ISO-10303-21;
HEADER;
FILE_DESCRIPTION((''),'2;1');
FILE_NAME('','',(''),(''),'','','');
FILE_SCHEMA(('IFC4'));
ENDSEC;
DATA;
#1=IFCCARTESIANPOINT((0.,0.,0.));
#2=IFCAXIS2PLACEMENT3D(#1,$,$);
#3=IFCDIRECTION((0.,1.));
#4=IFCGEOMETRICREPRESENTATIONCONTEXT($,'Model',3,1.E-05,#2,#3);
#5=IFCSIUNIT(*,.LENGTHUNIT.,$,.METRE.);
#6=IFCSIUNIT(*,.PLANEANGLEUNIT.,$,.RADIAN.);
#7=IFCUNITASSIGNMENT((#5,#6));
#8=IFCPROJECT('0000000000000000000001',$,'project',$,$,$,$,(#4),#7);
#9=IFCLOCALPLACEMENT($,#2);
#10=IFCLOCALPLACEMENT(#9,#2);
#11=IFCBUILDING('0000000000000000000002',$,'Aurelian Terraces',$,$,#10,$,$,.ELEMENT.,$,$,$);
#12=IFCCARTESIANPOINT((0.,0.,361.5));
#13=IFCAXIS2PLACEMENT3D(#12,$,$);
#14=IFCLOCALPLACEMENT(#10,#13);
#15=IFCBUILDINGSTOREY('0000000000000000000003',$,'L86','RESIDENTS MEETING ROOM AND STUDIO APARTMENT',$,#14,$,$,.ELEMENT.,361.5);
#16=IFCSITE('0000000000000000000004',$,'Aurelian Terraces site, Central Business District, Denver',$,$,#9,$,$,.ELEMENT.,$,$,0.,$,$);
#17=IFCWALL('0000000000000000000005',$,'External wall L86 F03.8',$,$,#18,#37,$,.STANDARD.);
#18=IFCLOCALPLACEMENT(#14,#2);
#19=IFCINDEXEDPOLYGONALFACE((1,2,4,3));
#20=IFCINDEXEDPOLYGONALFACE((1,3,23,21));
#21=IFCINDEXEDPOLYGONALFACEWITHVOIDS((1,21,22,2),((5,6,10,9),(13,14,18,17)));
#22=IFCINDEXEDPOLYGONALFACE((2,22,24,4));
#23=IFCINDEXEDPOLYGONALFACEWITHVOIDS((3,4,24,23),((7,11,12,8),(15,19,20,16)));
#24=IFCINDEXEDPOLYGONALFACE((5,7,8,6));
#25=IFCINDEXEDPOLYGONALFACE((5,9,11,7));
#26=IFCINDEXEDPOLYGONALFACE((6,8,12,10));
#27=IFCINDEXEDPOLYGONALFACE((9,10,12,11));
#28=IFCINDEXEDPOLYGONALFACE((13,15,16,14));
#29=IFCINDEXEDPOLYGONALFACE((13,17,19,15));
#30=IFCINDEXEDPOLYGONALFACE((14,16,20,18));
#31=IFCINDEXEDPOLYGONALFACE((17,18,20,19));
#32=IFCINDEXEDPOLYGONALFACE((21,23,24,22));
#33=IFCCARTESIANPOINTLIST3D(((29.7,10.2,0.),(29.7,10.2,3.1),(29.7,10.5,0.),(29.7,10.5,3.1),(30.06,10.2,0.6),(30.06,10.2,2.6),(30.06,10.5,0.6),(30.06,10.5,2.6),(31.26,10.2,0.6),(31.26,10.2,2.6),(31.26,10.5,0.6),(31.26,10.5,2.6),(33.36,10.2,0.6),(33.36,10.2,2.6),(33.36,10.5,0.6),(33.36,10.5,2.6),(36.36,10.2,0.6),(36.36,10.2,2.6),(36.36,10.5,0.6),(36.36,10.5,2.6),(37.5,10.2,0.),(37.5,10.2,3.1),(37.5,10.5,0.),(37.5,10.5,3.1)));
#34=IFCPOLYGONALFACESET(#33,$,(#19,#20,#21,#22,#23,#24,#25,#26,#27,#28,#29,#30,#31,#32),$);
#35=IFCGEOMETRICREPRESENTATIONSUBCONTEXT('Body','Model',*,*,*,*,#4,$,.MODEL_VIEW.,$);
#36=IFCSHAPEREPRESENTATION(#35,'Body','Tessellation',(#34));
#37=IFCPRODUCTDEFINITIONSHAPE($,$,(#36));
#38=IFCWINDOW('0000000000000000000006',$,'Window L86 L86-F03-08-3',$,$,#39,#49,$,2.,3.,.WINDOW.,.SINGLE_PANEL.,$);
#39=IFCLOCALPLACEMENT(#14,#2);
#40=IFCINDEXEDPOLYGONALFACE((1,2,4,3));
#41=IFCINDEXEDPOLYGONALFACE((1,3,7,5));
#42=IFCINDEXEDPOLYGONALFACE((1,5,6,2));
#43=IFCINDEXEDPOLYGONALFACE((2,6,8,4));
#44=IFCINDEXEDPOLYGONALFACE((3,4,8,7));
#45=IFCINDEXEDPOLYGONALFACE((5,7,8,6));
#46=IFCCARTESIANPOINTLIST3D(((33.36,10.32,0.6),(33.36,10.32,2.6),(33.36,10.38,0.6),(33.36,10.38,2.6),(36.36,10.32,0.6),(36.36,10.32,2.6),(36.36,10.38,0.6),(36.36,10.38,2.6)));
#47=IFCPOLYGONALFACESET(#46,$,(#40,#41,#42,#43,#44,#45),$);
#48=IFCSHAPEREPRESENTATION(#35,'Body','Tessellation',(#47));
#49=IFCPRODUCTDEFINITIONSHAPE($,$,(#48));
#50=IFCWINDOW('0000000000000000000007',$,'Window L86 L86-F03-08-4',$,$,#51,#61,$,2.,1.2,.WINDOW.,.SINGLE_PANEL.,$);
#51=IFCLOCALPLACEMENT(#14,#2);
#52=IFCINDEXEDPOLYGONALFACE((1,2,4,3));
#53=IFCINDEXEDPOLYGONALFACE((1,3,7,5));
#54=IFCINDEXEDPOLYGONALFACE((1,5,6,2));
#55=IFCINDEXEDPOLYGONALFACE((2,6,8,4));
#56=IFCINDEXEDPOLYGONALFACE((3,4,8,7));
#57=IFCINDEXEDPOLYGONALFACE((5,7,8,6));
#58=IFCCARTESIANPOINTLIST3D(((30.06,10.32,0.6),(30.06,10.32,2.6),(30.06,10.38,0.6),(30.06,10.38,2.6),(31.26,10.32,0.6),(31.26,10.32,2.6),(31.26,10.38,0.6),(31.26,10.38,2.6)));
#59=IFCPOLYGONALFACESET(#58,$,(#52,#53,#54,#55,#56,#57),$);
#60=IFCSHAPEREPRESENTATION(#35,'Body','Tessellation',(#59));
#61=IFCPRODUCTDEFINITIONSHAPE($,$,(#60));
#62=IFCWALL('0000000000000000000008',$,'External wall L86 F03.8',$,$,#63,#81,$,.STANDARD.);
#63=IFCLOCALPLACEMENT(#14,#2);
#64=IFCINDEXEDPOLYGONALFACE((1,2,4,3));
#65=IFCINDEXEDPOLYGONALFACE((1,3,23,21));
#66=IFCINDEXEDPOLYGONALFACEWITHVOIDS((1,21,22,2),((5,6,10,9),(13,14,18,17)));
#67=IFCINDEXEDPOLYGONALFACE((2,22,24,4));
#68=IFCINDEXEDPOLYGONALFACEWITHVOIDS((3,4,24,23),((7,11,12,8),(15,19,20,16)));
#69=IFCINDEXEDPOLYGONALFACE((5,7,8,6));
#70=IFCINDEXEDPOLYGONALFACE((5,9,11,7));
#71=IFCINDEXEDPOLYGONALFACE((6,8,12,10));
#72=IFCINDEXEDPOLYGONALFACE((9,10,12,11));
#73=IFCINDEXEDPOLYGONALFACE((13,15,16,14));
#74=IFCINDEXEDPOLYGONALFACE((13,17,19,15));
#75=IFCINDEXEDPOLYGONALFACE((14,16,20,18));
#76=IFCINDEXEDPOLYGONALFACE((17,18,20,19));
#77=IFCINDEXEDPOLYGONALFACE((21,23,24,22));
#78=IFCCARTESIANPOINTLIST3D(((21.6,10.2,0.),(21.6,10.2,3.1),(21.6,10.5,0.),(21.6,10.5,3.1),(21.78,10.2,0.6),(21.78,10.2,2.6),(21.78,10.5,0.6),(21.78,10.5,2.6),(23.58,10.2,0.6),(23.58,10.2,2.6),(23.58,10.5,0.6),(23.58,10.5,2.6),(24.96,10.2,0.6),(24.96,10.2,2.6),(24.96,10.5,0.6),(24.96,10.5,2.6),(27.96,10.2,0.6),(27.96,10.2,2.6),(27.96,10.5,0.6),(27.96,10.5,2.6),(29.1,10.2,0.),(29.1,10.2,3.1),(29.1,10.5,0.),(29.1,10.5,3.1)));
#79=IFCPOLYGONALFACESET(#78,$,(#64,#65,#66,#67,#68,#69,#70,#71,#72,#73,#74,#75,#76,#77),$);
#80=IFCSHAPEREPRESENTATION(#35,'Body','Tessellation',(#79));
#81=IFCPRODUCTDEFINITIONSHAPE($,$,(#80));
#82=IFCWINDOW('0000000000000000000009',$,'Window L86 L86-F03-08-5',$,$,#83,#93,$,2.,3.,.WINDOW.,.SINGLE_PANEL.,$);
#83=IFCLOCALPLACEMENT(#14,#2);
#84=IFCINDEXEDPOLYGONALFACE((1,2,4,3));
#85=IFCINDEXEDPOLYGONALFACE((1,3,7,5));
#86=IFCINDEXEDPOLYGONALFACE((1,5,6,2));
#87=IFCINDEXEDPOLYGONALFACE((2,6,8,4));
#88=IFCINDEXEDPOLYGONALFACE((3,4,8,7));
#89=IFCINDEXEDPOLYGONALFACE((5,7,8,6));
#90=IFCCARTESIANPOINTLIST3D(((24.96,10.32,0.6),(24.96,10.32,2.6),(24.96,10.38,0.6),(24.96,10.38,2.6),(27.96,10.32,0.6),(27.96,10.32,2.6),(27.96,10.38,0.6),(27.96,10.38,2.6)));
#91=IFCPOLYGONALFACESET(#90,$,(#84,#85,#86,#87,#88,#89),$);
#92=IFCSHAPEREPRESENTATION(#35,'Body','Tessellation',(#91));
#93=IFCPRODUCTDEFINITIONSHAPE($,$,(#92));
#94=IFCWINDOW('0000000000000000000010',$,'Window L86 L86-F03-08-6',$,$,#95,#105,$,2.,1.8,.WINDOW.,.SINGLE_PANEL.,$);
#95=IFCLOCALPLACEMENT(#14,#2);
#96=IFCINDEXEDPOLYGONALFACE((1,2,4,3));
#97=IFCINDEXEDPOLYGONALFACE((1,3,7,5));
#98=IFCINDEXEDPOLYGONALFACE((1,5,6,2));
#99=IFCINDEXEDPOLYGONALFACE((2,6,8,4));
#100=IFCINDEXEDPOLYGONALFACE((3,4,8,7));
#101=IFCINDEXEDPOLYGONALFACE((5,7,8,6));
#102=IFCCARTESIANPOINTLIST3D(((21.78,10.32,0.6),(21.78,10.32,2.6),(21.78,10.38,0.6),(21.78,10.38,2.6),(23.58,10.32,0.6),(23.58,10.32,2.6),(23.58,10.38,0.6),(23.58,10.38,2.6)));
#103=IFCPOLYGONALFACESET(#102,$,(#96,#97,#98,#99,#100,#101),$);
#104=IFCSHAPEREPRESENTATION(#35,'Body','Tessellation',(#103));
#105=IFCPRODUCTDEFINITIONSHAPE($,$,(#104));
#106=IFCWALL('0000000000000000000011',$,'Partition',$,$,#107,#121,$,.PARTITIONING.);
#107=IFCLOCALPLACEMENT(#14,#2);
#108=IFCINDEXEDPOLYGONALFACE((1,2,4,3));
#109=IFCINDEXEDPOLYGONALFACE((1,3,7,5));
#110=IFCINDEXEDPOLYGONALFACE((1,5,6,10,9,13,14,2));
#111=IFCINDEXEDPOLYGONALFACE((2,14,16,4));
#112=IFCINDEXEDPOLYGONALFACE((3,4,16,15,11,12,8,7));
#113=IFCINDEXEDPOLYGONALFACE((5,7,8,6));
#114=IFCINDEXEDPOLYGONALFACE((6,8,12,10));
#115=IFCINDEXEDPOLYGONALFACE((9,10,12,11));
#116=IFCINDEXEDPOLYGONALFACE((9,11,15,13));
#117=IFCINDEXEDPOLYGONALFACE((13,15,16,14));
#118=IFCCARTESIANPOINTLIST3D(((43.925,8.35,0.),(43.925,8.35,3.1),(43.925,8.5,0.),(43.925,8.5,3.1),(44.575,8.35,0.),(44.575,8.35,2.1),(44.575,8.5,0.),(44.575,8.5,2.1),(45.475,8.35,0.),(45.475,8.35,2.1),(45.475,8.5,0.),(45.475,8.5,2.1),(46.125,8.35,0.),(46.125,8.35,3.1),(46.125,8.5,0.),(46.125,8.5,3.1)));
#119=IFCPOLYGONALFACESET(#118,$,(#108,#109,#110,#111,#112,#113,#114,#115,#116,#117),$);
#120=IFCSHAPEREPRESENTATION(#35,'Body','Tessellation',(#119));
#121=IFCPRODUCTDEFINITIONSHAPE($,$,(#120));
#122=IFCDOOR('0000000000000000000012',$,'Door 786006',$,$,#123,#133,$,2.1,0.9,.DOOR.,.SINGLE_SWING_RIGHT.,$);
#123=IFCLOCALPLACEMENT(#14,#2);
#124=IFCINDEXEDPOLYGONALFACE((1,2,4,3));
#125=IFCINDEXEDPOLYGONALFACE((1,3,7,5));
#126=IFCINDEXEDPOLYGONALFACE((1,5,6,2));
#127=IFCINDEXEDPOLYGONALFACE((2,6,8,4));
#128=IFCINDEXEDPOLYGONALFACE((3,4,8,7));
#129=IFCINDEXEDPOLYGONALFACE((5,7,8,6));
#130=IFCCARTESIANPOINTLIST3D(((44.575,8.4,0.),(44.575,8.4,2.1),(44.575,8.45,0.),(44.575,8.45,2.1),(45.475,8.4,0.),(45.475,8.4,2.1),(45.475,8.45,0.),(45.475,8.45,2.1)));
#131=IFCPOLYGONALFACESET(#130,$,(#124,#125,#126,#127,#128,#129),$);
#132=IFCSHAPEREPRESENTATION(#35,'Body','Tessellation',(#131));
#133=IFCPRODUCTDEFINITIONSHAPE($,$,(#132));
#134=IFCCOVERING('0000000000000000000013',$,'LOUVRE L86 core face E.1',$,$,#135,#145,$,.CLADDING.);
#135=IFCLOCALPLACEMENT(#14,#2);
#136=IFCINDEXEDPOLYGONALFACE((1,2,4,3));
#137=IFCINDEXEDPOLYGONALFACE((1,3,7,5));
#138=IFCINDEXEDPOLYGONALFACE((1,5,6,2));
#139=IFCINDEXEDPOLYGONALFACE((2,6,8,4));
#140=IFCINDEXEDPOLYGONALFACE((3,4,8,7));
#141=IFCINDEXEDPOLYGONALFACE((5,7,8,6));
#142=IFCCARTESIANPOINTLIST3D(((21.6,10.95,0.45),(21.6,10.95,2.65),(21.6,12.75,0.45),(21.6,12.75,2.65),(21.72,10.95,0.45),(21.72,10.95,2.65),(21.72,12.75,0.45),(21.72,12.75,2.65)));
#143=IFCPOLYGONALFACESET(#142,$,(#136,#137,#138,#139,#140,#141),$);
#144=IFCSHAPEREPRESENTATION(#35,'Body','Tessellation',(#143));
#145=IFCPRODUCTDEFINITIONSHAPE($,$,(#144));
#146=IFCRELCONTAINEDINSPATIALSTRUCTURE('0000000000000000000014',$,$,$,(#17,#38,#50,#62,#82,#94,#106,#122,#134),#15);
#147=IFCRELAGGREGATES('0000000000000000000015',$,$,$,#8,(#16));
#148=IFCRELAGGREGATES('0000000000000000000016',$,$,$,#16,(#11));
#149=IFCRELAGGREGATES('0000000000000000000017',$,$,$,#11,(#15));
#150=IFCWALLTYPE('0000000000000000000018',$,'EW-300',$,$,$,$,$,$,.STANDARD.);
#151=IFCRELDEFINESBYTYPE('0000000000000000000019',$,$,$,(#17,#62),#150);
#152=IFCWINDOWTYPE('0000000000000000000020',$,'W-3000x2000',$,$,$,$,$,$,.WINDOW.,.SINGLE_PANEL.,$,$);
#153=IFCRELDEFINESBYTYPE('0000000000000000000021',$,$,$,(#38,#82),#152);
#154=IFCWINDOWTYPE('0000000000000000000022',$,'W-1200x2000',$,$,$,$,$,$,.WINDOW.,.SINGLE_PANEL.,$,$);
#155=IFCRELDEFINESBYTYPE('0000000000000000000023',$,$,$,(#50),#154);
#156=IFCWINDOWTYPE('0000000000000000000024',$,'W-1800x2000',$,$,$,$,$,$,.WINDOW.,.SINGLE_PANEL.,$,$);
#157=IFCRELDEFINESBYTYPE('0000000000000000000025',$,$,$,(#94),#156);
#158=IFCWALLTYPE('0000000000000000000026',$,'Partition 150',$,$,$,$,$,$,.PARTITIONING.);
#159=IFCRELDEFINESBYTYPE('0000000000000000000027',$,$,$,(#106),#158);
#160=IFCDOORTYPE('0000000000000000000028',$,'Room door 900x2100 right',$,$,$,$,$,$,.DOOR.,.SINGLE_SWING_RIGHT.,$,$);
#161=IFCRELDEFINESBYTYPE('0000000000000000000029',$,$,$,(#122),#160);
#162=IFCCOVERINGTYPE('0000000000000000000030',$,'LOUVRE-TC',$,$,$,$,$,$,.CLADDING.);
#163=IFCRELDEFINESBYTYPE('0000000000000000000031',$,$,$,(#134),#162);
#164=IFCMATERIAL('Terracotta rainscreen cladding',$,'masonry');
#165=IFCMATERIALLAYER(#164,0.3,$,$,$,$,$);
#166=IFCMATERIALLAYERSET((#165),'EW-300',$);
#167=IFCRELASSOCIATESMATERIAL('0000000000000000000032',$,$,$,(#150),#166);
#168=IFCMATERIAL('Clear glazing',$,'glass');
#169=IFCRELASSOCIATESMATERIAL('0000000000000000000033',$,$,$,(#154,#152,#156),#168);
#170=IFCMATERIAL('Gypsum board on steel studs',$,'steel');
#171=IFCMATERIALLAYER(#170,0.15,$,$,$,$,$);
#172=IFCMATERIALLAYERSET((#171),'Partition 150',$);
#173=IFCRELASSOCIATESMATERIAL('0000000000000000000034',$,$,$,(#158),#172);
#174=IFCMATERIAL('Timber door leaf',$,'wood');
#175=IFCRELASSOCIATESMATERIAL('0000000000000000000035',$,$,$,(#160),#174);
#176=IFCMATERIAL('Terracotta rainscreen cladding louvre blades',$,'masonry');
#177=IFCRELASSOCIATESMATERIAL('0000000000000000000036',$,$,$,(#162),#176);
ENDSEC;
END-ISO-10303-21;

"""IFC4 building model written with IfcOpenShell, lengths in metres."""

from ifc_helpers import new_model, si_unit, direction, frame, frame_2d, origin, origin_2d, place, context, subcontext, project, spatial, rectangle, extrude, source, transform, mapped, material, layer, layer_set, type_object, element, fill, save


model = new_model("IFC4")

# Units and contexts
model_context = context("Model", 3, precision=1e-05, world=origin(), true_north=direction((0.0, 1.0)))
body_context = subcontext(model_context, "Body", "Model", "MODEL_VIEW")
ifc_project = project(units=[si_unit("LENGTHUNIT", "METRE"), si_unit("PLANEANGLEUNIT", "RADIAN")], contexts=[model_context])

# Site, building, storey
site_placement = place(None, origin())
site = spatial("IfcSite", under=ifc_project, at=site_placement, Name="Aurelian Terraces site, Central Business District, Denver", CompositionType="ELEMENT", RefElevation=0.0)
building_placement = place(site_placement, origin())
building = spatial("IfcBuilding", under=site, at=building_placement, Name="Aurelian Terraces", CompositionType="ELEMENT")
storey_placement = place(building_placement, frame((0.0, 0.0, 361.5)))
storey = spatial("IfcBuildingStorey", under=building, at=storey_placement, Name="L86", Description="RESIDENTS MEETING ROOM AND STUDIO APARTMENT", CompositionType="ELEMENT", Elevation=361.5)

# Shared definitions
ifc_material_1 = material(Name="Terracotta rainscreen cladding", Category="masonry")
ifc_layer_1 = layer(ifc_material_1, 0.3)
ifc_layer_set_1 = layer_set([ifc_layer_1], Name="EW-300")
wall_type_1 = type_object("IfcWallType", Name="EW-300", PredefinedType="STANDARD", material=ifc_layer_set_1)
shared_shape_1 = source(origin(), body_context, "Body", "SweptSolid", [
    extrude(rectangle(XDim=1.2, YDim=2.0, at=frame_2d((0.6, 1.0))), frame((0.0, 0.16, 0.0), z_axis=(0.0, -1.0, 0.0), x_axis=(1.0, 0.0, 0.0)), (0.0, 0.0, 1.0), 0.32),
])
ifc_material_2 = material(Name="Clear glazing", Category="glass")
window_type_1 = type_object("IfcWindowType", Name="W-1200x2000", PartitioningType="SINGLE_PANEL", PredefinedType="WINDOW", material=ifc_material_2)
shared_shape_2 = source(origin(), body_context, "Body", "SweptSolid", [
    extrude(rectangle(XDim=1.2, YDim=2.0, at=frame_2d((0.6, 1.0))), frame((0.0, 0.03, 0.0), z_axis=(0.0, -1.0, 0.0), x_axis=(1.0, 0.0, 0.0)), (0.0, 0.0, 1.0), 0.06),
])

# Walls, openings, windows
shared_shape_3 = source(origin(), body_context, "Body", "SweptSolid", [
    extrude(rectangle(XDim=7.8, YDim=0.3, at=frame_2d((3.9, 0.0))), origin(), (0.0, 0.0, 1.0), 3.1),
])
shared_shape_4 = source(origin(), body_context, "Body", "SweptSolid", [
    extrude(rectangle(XDim=3.0, YDim=2.0, at=frame_2d((1.5, 1.0))), frame((0.0, 0.16, 0.0), z_axis=(0.0, -1.0, 0.0), x_axis=(1.0, 0.0, 0.0)), (0.0, 0.0, 1.0), 0.32),
])
window_type_2 = type_object("IfcWindowType", Name="W-3000x2000", PartitioningType="SINGLE_PANEL", PredefinedType="WINDOW", material=ifc_material_2)
shared_shape_5 = source(origin(), body_context, "Body", "SweptSolid", [
    extrude(rectangle(XDim=3.0, YDim=2.0, at=frame_2d((1.5, 1.0))), frame((0.0, 0.03, 0.0), z_axis=(0.0, -1.0, 0.0), x_axis=(1.0, 0.0, 0.0)), (0.0, 0.0, 1.0), 0.06),
])
wall_1_placement = place(storey_placement, frame((37.5, 10.35, 0.0), z_axis=(0.0, 0.0, 1.0), x_axis=(-1.0, 0.0, 0.0)))
wall_1 = element("IfcWall", 1, at=wall_1_placement, inside=storey, type_object=wall_type_1, Name="External wall L86 F03.8", PredefinedType="STANDARD", context=body_context, shape_type="MappedRepresentation", body=[
    mapped(shared_shape_3, transform((0.0, 0.0, 0.0), scale=1.0)),
])
opening_1_placement = place(wall_1_placement, frame((1.14, 0.0, 0.6)))
opening_1 = element("IfcOpeningElement", 2, at=opening_1_placement, cuts=wall_1, PredefinedType="OPENING", context=body_context, shape_type="MappedRepresentation", body=[
    mapped(shared_shape_4, transform((0.0, 0.0, 0.0), scale=1.0)),
])
opening_2_placement = place(wall_1_placement, frame((6.24, 0.0, 0.6)))
opening_2 = element("IfcOpeningElement", 3, at=opening_2_placement, cuts=wall_1, PredefinedType="OPENING", context=body_context, shape_type="MappedRepresentation", body=[
    mapped(shared_shape_1, transform((0.0, 0.0, 0.0), scale=1.0)),
])
window_1_placement = place(opening_1_placement, origin())
window_1 = element("IfcWindow", 4, at=window_1_placement, inside=storey, type_object=window_type_2, Name="Window L86 L86-F03-08-3", OverallHeight=2.0, OverallWidth=3.0, PartitioningType="SINGLE_PANEL", PredefinedType="WINDOW", context=body_context, shape_type="MappedRepresentation", body=[
    mapped(shared_shape_5, transform((0.0, 0.0, 0.0), scale=1.0)),
])
fill(opening_1, window_1)
window_2_placement = place(opening_2_placement, origin())
window_2 = element("IfcWindow", 5, at=window_2_placement, inside=storey, type_object=window_type_1, Name="Window L86 L86-F03-08-4", OverallHeight=2.0, OverallWidth=1.2, PartitioningType="SINGLE_PANEL", PredefinedType="WINDOW", context=body_context, shape_type="MappedRepresentation", body=[
    mapped(shared_shape_2, transform((0.0, 0.0, 0.0), scale=1.0)),
])
fill(opening_2, window_2)
shared_shape_6 = source(origin(), body_context, "Body", "SweptSolid", [
    extrude(rectangle(XDim=7.5, YDim=0.3, at=frame_2d((3.75, 0.0))), origin(), (0.0, 0.0, 1.0), 3.1),
])
wall_2_placement = place(storey_placement, frame((29.1, 10.35, 0.0), z_axis=(0.0, 0.0, 1.0), x_axis=(-1.0, 0.0, 0.0)))
wall_2 = element("IfcWall", 6, at=wall_2_placement, inside=storey, type_object=wall_type_1, Name="External wall L86 F03.8", PredefinedType="STANDARD", context=body_context, shape_type="MappedRepresentation", body=[
    mapped(shared_shape_6, transform((0.0, 0.0, 0.0), scale=1.0)),
])
opening_3_placement = place(wall_2_placement, frame((1.14, 0.0, 0.6)))
opening_3 = element("IfcOpeningElement", 7, at=opening_3_placement, cuts=wall_2, PredefinedType="OPENING", context=body_context, shape_type="MappedRepresentation", body=[
    mapped(shared_shape_4, transform((0.0, 0.0, 0.0), scale=1.0)),
])
shared_shape_7 = source(origin(), body_context, "Body", "SweptSolid", [
    extrude(rectangle(XDim=1.8, YDim=2.0, at=frame_2d((0.9, 1.0))), frame((0.0, 0.16, 0.0), z_axis=(0.0, -1.0, 0.0), x_axis=(1.0, 0.0, 0.0)), (0.0, 0.0, 1.0), 0.32),
])
opening_4_placement = place(wall_2_placement, frame((5.52, 0.0, 0.6)))
opening_4 = element("IfcOpeningElement", 8, at=opening_4_placement, cuts=wall_2, PredefinedType="OPENING", context=body_context, shape_type="MappedRepresentation", body=[
    mapped(shared_shape_7, transform((0.0, 0.0, 0.0), scale=1.0)),
])
window_3_placement = place(opening_3_placement, origin())
window_3 = element("IfcWindow", 9, at=window_3_placement, inside=storey, type_object=window_type_2, Name="Window L86 L86-F03-08-5", OverallHeight=2.0, OverallWidth=3.0, PartitioningType="SINGLE_PANEL", PredefinedType="WINDOW", context=body_context, shape_type="MappedRepresentation", body=[
    mapped(shared_shape_5, transform((0.0, 0.0, 0.0), scale=1.0)),
])
fill(opening_3, window_3)
window_type_3 = type_object("IfcWindowType", Name="W-1800x2000", PartitioningType="SINGLE_PANEL", PredefinedType="WINDOW", material=ifc_material_2)
shared_shape_8 = source(origin(), body_context, "Body", "SweptSolid", [
    extrude(rectangle(XDim=1.8, YDim=2.0, at=frame_2d((0.9, 1.0))), frame((0.0, 0.03, 0.0), z_axis=(0.0, -1.0, 0.0), x_axis=(1.0, 0.0, 0.0)), (0.0, 0.0, 1.0), 0.06),
])
window_4_placement = place(opening_4_placement, origin())
window_4 = element("IfcWindow", 10, at=window_4_placement, inside=storey, type_object=window_type_3, Name="Window L86 L86-F03-08-6", OverallHeight=2.0, OverallWidth=1.8, PartitioningType="SINGLE_PANEL", PredefinedType="WINDOW", context=body_context, shape_type="MappedRepresentation", body=[
    mapped(shared_shape_8, transform((0.0, 0.0, 0.0), scale=1.0)),
])
fill(opening_4, window_4)

# Wall, opening, door
ifc_material_3 = material(Name="Gypsum board on steel studs", Category="steel")
ifc_layer_2 = layer(ifc_material_3, 0.15)
ifc_layer_set_2 = layer_set([ifc_layer_2], Name="Partition 150")
wall_type_2 = type_object("IfcWallType", Name="Partition 150", PredefinedType="PARTITIONING", material=ifc_layer_set_2)
shared_shape_9 = source(origin(), body_context, "Body", "SweptSolid", [
    extrude(rectangle(XDim=2.2, YDim=0.15, at=frame_2d((1.1, 0.0))), origin(), (0.0, 0.0, 1.0), 3.1),
])
wall_3_placement = place(storey_placement, frame((46.125, 8.425, 0.0), z_axis=(0.0, 0.0, 1.0), x_axis=(-1.0, 0.0, 0.0)))
wall_3 = element("IfcWall", 11, at=wall_3_placement, inside=storey, type_object=wall_type_2, Name="Partition", PredefinedType="PARTITIONING", context=body_context, shape_type="MappedRepresentation", body=[
    mapped(shared_shape_9, transform((0.0, 0.0, 0.0), scale=1.0)),
])
shared_shape_10 = source(origin(), body_context, "Body", "SweptSolid", [
    extrude(rectangle(XDim=0.9, YDim=2.1, at=frame_2d((0.45, 1.05))), frame((0.0, 0.085, 0.0), z_axis=(0.0, -1.0, 0.0), x_axis=(1.0, 0.0, 0.0)), (0.0, 0.0, 1.0), 0.17),
])
opening_5_placement = place(wall_3_placement, frame((0.65, 0.0, 0.0)))
opening_5 = element("IfcOpeningElement", 12, at=opening_5_placement, cuts=wall_3, PredefinedType="OPENING", context=body_context, shape_type="MappedRepresentation", body=[
    mapped(shared_shape_10, transform((0.0, 0.0, 0.0), scale=1.0)),
])
ifc_material_4 = material(Name="Timber door leaf", Category="wood")
door_type = type_object("IfcDoorType", Name="Room door 900x2100 right", OperationType="SINGLE_SWING_RIGHT", PredefinedType="DOOR", material=ifc_material_4)
shared_shape_11 = source(origin(), body_context, "Body", "SweptSolid", [
    extrude(rectangle(XDim=0.9, YDim=2.1, at=frame_2d((0.45, 1.05))), frame((0.0, 0.025, 0.0), z_axis=(0.0, -1.0, 0.0), x_axis=(1.0, 0.0, 0.0)), (0.0, 0.0, 1.0), 0.05),
])
door_placement = place(opening_5_placement, origin())
door = element("IfcDoor", 13, at=door_placement, inside=storey, type_object=door_type, Name="Door 786006", OperationType="SINGLE_SWING_RIGHT", OverallHeight=2.1, OverallWidth=0.9, PredefinedType="DOOR", context=body_context, shape_type="MappedRepresentation", body=[
    mapped(shared_shape_11, transform((0.0, 0.0, 0.0), scale=1.0)),
])
fill(opening_5, door)

# Covering
ifc_material_5 = material(Name="Terracotta rainscreen cladding louvre blades", Category="masonry")
covering_type_1 = type_object("IfcCoveringType", Name="LOUVRE-TC", PredefinedType="CLADDING", material=ifc_material_5)
shared_shape_12 = source(origin(), body_context, "Body", "SweptSolid", [
    extrude(rectangle(XDim=0.12, YDim=1.8, at=origin_2d()), origin(), (0.0, 0.0, 1.0), 2.2),
])
covering_1_placement = place(storey_placement, frame((21.66, 11.85, 0.45), z_axis=(0.0, 0.0, 1.0), x_axis=(1.0, 0.0, 0.0)))
element("IfcCovering", 14, at=covering_1_placement, inside=storey, type_object=covering_type_1, Name="LOUVRE L86 core face E.1", PredefinedType="CLADDING", context=body_context, shape_type="MappedRepresentation", body=[
    mapped(shared_shape_12, transform((0.0, 0.0, 0.0), scale=1.0)),
])

save(model, "model.ifc")
